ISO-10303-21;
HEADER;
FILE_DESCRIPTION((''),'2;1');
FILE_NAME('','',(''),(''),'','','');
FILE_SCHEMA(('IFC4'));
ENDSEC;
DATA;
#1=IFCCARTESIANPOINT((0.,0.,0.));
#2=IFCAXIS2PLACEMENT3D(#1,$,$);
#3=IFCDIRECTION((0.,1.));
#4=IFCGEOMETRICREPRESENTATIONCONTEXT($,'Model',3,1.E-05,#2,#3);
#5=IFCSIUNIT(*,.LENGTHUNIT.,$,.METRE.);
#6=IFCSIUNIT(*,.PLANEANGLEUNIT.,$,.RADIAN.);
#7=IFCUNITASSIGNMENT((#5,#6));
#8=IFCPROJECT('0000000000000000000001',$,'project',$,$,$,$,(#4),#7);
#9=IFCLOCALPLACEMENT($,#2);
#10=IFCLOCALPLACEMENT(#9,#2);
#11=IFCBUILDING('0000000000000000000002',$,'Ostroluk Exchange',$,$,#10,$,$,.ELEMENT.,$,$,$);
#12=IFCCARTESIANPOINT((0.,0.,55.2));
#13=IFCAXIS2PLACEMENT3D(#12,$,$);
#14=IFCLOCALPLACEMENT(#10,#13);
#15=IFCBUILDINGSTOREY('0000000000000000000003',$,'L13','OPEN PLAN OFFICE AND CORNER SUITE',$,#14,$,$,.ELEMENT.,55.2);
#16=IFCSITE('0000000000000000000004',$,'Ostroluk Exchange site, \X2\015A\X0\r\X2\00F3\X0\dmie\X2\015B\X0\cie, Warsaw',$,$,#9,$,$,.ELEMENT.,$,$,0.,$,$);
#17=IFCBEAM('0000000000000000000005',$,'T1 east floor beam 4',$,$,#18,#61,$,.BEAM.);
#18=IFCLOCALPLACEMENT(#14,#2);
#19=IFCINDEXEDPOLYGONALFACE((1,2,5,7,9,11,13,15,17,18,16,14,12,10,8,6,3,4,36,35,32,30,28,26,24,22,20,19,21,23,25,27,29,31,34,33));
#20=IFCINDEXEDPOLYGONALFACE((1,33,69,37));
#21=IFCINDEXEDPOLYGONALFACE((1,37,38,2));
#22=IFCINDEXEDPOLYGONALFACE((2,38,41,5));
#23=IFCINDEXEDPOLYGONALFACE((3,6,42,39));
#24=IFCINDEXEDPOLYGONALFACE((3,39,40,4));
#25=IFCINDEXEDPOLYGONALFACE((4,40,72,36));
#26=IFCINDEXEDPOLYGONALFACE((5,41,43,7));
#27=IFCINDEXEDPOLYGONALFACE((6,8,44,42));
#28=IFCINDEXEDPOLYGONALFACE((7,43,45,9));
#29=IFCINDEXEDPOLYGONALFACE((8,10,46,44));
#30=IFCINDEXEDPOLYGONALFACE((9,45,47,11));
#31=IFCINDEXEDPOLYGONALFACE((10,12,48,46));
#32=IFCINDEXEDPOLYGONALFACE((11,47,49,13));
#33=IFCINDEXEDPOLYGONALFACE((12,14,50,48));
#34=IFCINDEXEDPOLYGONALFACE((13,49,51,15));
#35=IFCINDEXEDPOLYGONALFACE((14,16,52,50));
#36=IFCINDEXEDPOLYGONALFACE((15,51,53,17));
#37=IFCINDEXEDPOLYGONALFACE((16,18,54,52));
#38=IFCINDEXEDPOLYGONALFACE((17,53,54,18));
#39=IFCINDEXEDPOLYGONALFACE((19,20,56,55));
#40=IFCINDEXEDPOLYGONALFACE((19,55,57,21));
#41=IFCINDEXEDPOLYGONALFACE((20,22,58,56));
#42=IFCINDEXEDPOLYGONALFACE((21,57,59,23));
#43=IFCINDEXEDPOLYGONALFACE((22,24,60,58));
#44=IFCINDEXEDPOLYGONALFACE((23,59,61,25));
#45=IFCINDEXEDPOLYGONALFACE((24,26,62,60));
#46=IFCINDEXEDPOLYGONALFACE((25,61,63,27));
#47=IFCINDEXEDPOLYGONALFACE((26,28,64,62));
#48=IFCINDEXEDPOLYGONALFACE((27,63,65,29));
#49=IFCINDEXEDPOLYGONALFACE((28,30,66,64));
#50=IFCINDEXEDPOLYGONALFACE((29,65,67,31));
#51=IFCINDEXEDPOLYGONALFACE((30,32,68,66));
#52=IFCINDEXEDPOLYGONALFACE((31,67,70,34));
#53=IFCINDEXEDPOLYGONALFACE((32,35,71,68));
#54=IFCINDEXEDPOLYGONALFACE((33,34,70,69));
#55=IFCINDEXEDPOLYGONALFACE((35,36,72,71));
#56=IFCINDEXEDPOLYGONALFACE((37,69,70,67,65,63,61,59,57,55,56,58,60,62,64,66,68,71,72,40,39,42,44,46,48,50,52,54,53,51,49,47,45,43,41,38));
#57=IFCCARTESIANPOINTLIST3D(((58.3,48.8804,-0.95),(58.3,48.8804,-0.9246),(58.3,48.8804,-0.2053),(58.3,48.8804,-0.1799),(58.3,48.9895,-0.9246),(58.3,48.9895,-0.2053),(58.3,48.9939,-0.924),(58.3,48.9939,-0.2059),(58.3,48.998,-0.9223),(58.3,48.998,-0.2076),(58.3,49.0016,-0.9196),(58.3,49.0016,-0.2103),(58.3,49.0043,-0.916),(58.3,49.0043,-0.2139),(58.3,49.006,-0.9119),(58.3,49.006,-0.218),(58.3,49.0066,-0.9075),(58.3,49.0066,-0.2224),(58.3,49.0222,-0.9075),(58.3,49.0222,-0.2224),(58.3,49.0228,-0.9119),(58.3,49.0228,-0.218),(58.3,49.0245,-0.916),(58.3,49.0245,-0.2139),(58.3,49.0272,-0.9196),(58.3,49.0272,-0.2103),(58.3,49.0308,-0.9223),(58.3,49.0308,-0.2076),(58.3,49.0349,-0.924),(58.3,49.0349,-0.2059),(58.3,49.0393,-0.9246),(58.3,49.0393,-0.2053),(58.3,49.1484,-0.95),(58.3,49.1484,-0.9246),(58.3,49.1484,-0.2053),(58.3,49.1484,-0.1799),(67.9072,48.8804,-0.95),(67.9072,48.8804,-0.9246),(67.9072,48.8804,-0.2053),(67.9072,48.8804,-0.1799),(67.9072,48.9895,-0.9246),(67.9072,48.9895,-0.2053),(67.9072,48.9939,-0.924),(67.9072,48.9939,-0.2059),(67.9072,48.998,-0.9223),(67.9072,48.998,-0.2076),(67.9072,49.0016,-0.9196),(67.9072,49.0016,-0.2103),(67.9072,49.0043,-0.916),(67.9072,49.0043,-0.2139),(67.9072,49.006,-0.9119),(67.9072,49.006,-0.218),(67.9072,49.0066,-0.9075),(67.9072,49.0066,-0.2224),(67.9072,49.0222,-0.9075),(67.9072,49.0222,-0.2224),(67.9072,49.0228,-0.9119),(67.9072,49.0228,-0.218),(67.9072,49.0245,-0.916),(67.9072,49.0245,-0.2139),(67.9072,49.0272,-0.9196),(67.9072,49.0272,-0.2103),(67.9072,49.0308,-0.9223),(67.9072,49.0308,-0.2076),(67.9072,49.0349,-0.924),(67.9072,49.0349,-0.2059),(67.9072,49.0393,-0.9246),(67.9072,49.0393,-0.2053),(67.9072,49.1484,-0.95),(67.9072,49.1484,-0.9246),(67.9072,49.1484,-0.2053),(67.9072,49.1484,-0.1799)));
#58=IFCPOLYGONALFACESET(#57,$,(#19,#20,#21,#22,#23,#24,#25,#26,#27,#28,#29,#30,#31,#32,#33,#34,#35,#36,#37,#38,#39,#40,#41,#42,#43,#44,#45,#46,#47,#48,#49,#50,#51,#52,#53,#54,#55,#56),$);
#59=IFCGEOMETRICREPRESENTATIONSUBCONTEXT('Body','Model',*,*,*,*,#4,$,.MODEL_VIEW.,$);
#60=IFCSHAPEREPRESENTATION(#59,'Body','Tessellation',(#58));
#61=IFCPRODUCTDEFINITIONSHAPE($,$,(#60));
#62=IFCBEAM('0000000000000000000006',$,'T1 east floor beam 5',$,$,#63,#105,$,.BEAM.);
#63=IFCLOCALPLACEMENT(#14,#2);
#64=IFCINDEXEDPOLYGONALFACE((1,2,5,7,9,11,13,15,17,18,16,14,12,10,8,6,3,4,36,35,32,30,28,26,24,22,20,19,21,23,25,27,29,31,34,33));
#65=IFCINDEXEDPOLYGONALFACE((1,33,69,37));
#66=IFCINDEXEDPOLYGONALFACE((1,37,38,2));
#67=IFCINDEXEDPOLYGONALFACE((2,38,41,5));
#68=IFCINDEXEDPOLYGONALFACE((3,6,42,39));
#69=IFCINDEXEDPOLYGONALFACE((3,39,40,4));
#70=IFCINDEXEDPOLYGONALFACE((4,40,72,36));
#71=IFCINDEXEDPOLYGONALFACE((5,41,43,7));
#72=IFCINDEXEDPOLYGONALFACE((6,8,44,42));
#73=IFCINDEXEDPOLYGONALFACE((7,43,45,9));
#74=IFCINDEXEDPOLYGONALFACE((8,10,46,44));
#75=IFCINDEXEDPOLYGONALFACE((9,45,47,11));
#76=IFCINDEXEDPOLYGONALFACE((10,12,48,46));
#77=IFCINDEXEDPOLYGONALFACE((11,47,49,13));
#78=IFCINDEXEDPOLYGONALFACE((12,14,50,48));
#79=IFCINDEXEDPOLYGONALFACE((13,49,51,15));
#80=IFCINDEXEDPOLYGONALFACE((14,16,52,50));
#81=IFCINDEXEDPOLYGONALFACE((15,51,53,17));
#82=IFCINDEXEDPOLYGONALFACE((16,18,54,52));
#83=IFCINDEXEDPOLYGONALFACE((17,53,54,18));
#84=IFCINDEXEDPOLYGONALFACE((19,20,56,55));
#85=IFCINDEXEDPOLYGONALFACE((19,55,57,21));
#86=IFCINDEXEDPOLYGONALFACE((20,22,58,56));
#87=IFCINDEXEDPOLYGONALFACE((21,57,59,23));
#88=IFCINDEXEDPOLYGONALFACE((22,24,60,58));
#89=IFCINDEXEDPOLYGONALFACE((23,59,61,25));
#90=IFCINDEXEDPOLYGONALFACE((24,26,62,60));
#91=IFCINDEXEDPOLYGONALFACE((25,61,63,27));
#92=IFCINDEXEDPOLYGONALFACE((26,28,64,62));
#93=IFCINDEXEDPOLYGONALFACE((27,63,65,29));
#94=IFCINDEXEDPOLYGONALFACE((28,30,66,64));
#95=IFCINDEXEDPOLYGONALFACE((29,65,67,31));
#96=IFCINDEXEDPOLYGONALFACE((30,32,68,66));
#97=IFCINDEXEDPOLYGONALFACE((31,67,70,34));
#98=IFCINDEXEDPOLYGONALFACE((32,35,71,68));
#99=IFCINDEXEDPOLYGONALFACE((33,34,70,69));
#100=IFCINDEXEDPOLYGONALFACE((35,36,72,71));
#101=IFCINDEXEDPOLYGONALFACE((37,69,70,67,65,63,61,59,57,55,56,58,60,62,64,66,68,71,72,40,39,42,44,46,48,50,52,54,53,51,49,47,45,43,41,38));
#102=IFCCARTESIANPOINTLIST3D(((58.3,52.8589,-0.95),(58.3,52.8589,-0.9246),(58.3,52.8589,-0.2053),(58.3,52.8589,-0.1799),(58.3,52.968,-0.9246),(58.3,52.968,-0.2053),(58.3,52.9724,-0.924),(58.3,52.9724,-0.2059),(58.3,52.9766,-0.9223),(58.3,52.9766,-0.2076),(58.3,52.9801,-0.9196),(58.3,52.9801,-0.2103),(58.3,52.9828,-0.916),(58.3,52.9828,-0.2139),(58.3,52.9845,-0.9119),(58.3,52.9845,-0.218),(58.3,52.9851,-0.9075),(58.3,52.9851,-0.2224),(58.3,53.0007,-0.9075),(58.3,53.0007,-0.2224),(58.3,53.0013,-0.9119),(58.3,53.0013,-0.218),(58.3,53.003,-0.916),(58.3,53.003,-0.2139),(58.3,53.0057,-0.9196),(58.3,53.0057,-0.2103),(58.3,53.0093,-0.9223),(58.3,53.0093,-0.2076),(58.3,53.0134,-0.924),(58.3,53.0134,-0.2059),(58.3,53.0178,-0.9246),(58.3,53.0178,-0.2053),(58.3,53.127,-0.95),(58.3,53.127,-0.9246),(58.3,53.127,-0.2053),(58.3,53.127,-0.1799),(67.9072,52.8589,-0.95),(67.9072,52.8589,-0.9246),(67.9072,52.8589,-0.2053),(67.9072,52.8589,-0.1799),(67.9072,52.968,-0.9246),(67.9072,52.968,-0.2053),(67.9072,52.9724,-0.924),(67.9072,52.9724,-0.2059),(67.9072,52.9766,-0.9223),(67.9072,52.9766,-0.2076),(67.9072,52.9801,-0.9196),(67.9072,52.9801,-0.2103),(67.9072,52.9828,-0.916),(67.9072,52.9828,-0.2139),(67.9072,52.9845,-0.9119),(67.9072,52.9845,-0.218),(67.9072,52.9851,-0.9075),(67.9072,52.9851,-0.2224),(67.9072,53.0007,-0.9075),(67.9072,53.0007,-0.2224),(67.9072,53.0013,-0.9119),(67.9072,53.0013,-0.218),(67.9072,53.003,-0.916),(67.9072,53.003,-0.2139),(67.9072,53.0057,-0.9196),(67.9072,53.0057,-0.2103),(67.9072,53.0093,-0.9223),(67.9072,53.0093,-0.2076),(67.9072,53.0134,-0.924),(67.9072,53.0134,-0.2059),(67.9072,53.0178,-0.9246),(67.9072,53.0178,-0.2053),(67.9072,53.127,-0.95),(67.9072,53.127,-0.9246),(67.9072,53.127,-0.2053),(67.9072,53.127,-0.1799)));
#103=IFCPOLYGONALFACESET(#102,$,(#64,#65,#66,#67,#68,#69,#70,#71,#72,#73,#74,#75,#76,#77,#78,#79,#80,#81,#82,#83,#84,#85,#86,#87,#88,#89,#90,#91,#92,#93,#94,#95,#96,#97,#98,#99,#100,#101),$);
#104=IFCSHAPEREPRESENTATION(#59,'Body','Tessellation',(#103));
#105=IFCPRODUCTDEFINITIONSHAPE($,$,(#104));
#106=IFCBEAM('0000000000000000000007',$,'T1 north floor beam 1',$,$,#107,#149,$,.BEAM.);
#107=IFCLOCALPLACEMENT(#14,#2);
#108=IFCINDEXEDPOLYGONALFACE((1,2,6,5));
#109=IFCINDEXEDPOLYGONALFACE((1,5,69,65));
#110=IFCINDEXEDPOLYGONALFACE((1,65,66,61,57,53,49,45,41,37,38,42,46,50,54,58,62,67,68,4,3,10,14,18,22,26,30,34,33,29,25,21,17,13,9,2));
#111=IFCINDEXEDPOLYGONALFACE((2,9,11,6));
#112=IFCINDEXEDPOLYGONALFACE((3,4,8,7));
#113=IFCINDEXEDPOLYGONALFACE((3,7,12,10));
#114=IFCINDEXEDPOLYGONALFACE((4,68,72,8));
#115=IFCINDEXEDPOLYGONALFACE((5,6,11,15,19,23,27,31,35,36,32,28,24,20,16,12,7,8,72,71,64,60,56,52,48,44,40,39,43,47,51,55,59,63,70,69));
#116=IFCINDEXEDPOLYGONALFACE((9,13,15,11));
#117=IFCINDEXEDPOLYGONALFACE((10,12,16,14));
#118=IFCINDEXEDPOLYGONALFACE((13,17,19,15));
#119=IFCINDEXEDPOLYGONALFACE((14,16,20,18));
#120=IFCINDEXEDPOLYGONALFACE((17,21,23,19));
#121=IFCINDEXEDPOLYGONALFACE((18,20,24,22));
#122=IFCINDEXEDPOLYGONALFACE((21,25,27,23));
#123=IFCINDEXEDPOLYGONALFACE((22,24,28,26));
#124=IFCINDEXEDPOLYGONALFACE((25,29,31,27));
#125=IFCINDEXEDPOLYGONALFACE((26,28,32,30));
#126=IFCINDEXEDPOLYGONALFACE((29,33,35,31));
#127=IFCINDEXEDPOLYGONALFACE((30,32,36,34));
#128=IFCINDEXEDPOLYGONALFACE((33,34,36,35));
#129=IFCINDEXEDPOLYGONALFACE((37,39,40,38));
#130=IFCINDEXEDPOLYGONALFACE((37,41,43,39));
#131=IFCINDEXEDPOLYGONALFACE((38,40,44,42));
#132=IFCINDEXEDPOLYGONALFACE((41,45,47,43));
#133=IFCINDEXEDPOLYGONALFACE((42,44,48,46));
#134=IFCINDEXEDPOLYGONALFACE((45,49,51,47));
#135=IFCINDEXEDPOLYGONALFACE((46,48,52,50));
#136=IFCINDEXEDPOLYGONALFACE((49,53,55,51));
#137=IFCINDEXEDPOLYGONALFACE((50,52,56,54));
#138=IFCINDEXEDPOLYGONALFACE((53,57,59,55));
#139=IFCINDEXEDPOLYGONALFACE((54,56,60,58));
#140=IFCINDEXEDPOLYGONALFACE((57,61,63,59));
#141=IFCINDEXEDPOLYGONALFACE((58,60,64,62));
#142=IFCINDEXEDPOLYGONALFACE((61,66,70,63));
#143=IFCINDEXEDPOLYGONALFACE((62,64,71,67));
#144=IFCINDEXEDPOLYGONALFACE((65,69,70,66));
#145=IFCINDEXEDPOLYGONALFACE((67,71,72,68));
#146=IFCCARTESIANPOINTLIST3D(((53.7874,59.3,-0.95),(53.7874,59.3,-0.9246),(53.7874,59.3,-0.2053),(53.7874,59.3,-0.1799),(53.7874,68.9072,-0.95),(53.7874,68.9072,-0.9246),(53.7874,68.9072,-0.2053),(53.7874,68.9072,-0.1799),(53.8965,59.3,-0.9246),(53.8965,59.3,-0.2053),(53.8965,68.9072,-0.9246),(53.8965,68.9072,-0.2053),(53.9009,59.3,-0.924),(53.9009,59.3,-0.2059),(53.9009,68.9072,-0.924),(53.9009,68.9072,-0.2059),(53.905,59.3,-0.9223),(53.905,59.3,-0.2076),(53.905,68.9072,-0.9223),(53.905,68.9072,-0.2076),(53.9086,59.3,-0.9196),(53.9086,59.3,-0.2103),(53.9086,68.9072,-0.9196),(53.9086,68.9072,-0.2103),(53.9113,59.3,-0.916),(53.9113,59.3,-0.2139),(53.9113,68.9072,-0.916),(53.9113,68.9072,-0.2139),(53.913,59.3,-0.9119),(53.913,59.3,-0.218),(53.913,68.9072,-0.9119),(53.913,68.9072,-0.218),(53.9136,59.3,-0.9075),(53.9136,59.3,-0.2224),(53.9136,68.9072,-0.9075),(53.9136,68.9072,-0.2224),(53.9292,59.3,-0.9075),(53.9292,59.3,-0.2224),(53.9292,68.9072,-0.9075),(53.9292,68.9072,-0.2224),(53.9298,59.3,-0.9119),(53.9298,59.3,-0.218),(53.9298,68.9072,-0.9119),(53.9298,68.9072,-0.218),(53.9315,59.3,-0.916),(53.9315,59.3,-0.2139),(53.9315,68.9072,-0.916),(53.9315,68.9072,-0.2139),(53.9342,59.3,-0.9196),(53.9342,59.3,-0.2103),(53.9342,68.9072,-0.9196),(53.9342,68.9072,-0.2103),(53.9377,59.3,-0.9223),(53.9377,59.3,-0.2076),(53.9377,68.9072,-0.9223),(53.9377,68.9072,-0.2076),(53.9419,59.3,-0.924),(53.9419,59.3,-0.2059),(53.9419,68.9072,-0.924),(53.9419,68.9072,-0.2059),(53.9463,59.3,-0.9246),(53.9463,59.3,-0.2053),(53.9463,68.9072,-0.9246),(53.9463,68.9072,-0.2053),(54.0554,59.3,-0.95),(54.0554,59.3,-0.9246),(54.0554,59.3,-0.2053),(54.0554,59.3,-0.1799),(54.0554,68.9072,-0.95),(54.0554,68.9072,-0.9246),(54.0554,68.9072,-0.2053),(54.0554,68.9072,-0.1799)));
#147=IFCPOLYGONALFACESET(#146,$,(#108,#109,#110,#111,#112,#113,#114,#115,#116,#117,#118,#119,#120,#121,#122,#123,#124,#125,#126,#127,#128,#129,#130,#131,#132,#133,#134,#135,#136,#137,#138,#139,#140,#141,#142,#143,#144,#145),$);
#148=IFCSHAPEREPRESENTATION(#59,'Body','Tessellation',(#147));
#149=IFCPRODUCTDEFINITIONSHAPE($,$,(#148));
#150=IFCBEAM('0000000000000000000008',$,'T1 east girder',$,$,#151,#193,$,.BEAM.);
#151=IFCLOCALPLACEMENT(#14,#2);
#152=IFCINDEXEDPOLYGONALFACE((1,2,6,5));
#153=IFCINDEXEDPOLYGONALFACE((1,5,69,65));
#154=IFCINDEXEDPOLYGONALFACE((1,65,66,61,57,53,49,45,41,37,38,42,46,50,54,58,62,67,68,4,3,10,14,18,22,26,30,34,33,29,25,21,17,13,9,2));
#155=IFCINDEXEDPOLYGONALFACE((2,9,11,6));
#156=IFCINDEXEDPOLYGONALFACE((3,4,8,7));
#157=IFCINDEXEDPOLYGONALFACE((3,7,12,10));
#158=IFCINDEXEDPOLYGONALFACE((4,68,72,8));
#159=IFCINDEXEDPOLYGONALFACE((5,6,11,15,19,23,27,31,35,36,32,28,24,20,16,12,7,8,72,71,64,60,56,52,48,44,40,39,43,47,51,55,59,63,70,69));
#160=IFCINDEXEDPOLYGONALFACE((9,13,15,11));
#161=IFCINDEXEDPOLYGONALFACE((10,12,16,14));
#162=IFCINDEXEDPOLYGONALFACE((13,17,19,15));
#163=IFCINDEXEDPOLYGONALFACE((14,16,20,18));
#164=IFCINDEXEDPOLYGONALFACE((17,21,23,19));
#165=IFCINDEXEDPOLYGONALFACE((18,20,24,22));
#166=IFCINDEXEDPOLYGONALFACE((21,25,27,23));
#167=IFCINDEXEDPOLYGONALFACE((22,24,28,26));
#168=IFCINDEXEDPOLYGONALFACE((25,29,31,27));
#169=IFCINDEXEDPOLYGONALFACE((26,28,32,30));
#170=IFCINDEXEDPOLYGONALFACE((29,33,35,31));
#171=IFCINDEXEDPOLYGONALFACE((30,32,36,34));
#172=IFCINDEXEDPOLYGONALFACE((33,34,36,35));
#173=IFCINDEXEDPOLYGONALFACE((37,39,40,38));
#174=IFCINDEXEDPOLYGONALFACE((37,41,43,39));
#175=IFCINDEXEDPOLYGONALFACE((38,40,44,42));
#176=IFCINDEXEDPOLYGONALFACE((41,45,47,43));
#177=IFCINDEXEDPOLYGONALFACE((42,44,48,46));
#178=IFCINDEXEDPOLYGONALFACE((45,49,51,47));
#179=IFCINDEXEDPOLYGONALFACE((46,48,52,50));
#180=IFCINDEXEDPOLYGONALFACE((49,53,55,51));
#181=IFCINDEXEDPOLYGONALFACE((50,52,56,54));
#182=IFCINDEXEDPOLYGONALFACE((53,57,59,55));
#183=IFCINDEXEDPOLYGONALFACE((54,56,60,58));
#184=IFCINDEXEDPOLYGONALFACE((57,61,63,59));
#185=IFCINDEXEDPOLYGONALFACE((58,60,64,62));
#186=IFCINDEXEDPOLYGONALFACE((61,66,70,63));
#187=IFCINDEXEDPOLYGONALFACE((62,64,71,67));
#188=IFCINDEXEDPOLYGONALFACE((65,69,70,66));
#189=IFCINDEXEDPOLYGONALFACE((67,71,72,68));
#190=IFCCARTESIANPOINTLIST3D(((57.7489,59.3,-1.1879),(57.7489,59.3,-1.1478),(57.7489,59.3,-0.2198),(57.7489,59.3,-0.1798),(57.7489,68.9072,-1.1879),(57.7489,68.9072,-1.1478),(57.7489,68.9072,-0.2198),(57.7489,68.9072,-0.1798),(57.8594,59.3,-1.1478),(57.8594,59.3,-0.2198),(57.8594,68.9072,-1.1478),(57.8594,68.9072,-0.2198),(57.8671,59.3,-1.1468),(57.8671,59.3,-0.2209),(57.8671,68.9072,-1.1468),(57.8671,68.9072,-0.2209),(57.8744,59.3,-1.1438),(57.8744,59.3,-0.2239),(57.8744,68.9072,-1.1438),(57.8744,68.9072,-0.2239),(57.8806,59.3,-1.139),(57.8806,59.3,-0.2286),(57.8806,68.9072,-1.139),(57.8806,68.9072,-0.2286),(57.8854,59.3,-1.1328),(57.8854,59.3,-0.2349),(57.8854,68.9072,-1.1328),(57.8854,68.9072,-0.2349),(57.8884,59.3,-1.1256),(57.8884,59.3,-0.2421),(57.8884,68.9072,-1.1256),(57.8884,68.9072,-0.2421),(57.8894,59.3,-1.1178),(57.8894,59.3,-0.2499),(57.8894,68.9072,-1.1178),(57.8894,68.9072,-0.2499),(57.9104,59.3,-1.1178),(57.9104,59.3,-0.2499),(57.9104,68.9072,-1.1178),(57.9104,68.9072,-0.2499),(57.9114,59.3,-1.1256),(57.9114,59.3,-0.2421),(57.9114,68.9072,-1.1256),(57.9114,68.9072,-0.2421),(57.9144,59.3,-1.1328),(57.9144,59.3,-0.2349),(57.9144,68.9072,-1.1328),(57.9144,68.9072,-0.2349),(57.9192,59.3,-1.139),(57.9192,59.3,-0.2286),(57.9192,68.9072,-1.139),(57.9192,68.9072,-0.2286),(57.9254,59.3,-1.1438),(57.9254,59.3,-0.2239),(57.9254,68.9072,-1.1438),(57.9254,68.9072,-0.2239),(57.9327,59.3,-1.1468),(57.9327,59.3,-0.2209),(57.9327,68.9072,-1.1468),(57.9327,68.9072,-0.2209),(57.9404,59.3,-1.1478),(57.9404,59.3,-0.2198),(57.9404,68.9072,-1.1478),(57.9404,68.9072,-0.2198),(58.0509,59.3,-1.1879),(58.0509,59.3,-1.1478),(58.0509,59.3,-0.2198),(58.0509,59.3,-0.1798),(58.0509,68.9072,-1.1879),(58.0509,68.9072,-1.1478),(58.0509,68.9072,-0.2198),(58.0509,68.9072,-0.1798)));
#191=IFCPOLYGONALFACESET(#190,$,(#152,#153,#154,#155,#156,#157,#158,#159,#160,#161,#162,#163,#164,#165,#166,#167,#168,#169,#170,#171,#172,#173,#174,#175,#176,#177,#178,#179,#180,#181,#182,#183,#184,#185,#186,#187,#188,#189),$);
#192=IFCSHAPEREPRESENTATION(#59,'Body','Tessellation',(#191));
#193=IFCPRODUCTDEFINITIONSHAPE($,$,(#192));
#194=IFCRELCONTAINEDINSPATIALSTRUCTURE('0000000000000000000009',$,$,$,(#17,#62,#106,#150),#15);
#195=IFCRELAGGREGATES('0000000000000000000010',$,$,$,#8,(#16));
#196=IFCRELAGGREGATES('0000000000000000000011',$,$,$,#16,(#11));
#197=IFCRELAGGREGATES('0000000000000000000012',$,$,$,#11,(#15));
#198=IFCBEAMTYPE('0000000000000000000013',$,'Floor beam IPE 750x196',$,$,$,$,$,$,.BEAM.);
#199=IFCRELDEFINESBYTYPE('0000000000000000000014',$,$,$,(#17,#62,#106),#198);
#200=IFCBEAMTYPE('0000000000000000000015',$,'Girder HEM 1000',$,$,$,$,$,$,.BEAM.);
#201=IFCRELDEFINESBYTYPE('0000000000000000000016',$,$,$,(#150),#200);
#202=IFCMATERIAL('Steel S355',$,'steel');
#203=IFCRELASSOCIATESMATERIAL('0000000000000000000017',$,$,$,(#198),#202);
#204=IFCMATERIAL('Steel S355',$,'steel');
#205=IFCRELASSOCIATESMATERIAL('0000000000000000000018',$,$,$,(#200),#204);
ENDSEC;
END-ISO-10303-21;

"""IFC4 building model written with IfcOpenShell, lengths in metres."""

from ifc_helpers import new_model, si_unit, direction, frame, origin, origin_2d, place, context, subcontext, project, spatial, i_section, extrude, material, material_profile, profile_set, type_object, element, save


model = new_model("IFC4")

# Units and contexts
model_context = context("Model", 3, precision=1e-05, world=origin(), true_north=direction((0.0, 1.0)))
body_context = subcontext(model_context, "Body", "Model", "MODEL_VIEW")
ifc_project = project(units=[si_unit("LENGTHUNIT", "METRE"), si_unit("PLANEANGLEUNIT", "RADIAN")], contexts=[model_context])

# Site, building, storey
site_placement = place(None, origin())
site = spatial("IfcSite", under=ifc_project, at=site_placement, Name="Ostroluk Exchange site, Śródmieście, Warsaw", CompositionType="ELEMENT", RefElevation=0.0)
building_placement = place(site_placement, origin())
building = spatial("IfcBuilding", under=site, at=building_placement, Name="Ostroluk Exchange", CompositionType="ELEMENT")
storey_placement = place(building_placement, frame((0.0, 0.0, 55.2)))
storey = spatial("IfcBuildingStorey", under=building, at=storey_placement, Name="L13", Description="OPEN PLAN OFFICE AND CORNER SUITE", CompositionType="ELEMENT", Elevation=55.2)

# Beams
ifc_material_1 = material(Name="Steel S355", Category="steel")
ifc_material_profile_1 = material_profile(ifc_material_1, i_section(OverallWidth=0.2681, OverallDepth=0.77, WebThickness=0.0156, FlangeThickness=0.0254, FilletRadius=0.0171, at=origin_2d()), Name="IPE 750x196")
ifc_profile_set_1 = profile_set([ifc_material_profile_1], Name="Steel S355")
beam_type_1 = type_object("IfcBeamType", Name="Floor beam IPE 750x196", PredefinedType="BEAM", material=ifc_profile_set_1)
for number, where, z_axis, x_axis, name in (
    (1, (58.3, 49.0144, -0.5649), (1.0, 0.0, 0.0), (0.0, 1.0, 0.0), "T1 east floor beam 4"),
    (2, (58.3, 52.9929, -0.5649), (1.0, 0.0, 0.0), (0.0, 1.0, 0.0), "T1 east floor beam 5"),
    (3, (53.9214, 59.3, -0.5649), (0.0, 1.0, 0.0), (-1.0, 0.0, 0.0), "T1 north floor beam 1"),
):
    element("IfcBeam", number, at=place(storey_placement, frame(where, z_axis=z_axis, x_axis=x_axis)), inside=storey, type_object=beam_type_1, Name=name, PredefinedType="BEAM", context=body_context, shape_type="SweptSolid", body=[
        extrude(i_section(OverallWidth=0.2681, OverallDepth=0.77, WebThickness=0.0156, FlangeThickness=0.0254, FilletRadius=0.0171, at=origin_2d()), origin(), (0.0, 0.0, 1.0), 9.6072),
    ])
ifc_material_2 = material(Name="Steel S355", Category="steel")
ifc_material_profile_2 = material_profile(ifc_material_2, i_section(OverallWidth=0.302, OverallDepth=1.0081, WebThickness=0.021, FlangeThickness=0.04, FilletRadius=0.03, at=origin_2d()), Name="HEM 1000")
ifc_profile_set_2 = profile_set([ifc_material_profile_2], Name="Steel S355")
beam_type_2 = type_object("IfcBeamType", Name="Girder HEM 1000", PredefinedType="BEAM", material=ifc_profile_set_2)
beam_1_placement = place(storey_placement, frame((57.8999, 59.3, -0.6838), z_axis=(0.0, 1.0, 0.0), x_axis=(-1.0, 0.0, 0.0)))
element("IfcBeam", 4, at=beam_1_placement, inside=storey, type_object=beam_type_2, Name="T1 east girder", PredefinedType="BEAM", context=body_context, shape_type="SweptSolid", body=[
    extrude(i_section(OverallWidth=0.302, OverallDepth=1.0081, WebThickness=0.021, FlangeThickness=0.04, FilletRadius=0.03, at=origin_2d()), origin(), (0.0, 0.0, 1.0), 9.6072),
])

save(model, "model.ifc")
